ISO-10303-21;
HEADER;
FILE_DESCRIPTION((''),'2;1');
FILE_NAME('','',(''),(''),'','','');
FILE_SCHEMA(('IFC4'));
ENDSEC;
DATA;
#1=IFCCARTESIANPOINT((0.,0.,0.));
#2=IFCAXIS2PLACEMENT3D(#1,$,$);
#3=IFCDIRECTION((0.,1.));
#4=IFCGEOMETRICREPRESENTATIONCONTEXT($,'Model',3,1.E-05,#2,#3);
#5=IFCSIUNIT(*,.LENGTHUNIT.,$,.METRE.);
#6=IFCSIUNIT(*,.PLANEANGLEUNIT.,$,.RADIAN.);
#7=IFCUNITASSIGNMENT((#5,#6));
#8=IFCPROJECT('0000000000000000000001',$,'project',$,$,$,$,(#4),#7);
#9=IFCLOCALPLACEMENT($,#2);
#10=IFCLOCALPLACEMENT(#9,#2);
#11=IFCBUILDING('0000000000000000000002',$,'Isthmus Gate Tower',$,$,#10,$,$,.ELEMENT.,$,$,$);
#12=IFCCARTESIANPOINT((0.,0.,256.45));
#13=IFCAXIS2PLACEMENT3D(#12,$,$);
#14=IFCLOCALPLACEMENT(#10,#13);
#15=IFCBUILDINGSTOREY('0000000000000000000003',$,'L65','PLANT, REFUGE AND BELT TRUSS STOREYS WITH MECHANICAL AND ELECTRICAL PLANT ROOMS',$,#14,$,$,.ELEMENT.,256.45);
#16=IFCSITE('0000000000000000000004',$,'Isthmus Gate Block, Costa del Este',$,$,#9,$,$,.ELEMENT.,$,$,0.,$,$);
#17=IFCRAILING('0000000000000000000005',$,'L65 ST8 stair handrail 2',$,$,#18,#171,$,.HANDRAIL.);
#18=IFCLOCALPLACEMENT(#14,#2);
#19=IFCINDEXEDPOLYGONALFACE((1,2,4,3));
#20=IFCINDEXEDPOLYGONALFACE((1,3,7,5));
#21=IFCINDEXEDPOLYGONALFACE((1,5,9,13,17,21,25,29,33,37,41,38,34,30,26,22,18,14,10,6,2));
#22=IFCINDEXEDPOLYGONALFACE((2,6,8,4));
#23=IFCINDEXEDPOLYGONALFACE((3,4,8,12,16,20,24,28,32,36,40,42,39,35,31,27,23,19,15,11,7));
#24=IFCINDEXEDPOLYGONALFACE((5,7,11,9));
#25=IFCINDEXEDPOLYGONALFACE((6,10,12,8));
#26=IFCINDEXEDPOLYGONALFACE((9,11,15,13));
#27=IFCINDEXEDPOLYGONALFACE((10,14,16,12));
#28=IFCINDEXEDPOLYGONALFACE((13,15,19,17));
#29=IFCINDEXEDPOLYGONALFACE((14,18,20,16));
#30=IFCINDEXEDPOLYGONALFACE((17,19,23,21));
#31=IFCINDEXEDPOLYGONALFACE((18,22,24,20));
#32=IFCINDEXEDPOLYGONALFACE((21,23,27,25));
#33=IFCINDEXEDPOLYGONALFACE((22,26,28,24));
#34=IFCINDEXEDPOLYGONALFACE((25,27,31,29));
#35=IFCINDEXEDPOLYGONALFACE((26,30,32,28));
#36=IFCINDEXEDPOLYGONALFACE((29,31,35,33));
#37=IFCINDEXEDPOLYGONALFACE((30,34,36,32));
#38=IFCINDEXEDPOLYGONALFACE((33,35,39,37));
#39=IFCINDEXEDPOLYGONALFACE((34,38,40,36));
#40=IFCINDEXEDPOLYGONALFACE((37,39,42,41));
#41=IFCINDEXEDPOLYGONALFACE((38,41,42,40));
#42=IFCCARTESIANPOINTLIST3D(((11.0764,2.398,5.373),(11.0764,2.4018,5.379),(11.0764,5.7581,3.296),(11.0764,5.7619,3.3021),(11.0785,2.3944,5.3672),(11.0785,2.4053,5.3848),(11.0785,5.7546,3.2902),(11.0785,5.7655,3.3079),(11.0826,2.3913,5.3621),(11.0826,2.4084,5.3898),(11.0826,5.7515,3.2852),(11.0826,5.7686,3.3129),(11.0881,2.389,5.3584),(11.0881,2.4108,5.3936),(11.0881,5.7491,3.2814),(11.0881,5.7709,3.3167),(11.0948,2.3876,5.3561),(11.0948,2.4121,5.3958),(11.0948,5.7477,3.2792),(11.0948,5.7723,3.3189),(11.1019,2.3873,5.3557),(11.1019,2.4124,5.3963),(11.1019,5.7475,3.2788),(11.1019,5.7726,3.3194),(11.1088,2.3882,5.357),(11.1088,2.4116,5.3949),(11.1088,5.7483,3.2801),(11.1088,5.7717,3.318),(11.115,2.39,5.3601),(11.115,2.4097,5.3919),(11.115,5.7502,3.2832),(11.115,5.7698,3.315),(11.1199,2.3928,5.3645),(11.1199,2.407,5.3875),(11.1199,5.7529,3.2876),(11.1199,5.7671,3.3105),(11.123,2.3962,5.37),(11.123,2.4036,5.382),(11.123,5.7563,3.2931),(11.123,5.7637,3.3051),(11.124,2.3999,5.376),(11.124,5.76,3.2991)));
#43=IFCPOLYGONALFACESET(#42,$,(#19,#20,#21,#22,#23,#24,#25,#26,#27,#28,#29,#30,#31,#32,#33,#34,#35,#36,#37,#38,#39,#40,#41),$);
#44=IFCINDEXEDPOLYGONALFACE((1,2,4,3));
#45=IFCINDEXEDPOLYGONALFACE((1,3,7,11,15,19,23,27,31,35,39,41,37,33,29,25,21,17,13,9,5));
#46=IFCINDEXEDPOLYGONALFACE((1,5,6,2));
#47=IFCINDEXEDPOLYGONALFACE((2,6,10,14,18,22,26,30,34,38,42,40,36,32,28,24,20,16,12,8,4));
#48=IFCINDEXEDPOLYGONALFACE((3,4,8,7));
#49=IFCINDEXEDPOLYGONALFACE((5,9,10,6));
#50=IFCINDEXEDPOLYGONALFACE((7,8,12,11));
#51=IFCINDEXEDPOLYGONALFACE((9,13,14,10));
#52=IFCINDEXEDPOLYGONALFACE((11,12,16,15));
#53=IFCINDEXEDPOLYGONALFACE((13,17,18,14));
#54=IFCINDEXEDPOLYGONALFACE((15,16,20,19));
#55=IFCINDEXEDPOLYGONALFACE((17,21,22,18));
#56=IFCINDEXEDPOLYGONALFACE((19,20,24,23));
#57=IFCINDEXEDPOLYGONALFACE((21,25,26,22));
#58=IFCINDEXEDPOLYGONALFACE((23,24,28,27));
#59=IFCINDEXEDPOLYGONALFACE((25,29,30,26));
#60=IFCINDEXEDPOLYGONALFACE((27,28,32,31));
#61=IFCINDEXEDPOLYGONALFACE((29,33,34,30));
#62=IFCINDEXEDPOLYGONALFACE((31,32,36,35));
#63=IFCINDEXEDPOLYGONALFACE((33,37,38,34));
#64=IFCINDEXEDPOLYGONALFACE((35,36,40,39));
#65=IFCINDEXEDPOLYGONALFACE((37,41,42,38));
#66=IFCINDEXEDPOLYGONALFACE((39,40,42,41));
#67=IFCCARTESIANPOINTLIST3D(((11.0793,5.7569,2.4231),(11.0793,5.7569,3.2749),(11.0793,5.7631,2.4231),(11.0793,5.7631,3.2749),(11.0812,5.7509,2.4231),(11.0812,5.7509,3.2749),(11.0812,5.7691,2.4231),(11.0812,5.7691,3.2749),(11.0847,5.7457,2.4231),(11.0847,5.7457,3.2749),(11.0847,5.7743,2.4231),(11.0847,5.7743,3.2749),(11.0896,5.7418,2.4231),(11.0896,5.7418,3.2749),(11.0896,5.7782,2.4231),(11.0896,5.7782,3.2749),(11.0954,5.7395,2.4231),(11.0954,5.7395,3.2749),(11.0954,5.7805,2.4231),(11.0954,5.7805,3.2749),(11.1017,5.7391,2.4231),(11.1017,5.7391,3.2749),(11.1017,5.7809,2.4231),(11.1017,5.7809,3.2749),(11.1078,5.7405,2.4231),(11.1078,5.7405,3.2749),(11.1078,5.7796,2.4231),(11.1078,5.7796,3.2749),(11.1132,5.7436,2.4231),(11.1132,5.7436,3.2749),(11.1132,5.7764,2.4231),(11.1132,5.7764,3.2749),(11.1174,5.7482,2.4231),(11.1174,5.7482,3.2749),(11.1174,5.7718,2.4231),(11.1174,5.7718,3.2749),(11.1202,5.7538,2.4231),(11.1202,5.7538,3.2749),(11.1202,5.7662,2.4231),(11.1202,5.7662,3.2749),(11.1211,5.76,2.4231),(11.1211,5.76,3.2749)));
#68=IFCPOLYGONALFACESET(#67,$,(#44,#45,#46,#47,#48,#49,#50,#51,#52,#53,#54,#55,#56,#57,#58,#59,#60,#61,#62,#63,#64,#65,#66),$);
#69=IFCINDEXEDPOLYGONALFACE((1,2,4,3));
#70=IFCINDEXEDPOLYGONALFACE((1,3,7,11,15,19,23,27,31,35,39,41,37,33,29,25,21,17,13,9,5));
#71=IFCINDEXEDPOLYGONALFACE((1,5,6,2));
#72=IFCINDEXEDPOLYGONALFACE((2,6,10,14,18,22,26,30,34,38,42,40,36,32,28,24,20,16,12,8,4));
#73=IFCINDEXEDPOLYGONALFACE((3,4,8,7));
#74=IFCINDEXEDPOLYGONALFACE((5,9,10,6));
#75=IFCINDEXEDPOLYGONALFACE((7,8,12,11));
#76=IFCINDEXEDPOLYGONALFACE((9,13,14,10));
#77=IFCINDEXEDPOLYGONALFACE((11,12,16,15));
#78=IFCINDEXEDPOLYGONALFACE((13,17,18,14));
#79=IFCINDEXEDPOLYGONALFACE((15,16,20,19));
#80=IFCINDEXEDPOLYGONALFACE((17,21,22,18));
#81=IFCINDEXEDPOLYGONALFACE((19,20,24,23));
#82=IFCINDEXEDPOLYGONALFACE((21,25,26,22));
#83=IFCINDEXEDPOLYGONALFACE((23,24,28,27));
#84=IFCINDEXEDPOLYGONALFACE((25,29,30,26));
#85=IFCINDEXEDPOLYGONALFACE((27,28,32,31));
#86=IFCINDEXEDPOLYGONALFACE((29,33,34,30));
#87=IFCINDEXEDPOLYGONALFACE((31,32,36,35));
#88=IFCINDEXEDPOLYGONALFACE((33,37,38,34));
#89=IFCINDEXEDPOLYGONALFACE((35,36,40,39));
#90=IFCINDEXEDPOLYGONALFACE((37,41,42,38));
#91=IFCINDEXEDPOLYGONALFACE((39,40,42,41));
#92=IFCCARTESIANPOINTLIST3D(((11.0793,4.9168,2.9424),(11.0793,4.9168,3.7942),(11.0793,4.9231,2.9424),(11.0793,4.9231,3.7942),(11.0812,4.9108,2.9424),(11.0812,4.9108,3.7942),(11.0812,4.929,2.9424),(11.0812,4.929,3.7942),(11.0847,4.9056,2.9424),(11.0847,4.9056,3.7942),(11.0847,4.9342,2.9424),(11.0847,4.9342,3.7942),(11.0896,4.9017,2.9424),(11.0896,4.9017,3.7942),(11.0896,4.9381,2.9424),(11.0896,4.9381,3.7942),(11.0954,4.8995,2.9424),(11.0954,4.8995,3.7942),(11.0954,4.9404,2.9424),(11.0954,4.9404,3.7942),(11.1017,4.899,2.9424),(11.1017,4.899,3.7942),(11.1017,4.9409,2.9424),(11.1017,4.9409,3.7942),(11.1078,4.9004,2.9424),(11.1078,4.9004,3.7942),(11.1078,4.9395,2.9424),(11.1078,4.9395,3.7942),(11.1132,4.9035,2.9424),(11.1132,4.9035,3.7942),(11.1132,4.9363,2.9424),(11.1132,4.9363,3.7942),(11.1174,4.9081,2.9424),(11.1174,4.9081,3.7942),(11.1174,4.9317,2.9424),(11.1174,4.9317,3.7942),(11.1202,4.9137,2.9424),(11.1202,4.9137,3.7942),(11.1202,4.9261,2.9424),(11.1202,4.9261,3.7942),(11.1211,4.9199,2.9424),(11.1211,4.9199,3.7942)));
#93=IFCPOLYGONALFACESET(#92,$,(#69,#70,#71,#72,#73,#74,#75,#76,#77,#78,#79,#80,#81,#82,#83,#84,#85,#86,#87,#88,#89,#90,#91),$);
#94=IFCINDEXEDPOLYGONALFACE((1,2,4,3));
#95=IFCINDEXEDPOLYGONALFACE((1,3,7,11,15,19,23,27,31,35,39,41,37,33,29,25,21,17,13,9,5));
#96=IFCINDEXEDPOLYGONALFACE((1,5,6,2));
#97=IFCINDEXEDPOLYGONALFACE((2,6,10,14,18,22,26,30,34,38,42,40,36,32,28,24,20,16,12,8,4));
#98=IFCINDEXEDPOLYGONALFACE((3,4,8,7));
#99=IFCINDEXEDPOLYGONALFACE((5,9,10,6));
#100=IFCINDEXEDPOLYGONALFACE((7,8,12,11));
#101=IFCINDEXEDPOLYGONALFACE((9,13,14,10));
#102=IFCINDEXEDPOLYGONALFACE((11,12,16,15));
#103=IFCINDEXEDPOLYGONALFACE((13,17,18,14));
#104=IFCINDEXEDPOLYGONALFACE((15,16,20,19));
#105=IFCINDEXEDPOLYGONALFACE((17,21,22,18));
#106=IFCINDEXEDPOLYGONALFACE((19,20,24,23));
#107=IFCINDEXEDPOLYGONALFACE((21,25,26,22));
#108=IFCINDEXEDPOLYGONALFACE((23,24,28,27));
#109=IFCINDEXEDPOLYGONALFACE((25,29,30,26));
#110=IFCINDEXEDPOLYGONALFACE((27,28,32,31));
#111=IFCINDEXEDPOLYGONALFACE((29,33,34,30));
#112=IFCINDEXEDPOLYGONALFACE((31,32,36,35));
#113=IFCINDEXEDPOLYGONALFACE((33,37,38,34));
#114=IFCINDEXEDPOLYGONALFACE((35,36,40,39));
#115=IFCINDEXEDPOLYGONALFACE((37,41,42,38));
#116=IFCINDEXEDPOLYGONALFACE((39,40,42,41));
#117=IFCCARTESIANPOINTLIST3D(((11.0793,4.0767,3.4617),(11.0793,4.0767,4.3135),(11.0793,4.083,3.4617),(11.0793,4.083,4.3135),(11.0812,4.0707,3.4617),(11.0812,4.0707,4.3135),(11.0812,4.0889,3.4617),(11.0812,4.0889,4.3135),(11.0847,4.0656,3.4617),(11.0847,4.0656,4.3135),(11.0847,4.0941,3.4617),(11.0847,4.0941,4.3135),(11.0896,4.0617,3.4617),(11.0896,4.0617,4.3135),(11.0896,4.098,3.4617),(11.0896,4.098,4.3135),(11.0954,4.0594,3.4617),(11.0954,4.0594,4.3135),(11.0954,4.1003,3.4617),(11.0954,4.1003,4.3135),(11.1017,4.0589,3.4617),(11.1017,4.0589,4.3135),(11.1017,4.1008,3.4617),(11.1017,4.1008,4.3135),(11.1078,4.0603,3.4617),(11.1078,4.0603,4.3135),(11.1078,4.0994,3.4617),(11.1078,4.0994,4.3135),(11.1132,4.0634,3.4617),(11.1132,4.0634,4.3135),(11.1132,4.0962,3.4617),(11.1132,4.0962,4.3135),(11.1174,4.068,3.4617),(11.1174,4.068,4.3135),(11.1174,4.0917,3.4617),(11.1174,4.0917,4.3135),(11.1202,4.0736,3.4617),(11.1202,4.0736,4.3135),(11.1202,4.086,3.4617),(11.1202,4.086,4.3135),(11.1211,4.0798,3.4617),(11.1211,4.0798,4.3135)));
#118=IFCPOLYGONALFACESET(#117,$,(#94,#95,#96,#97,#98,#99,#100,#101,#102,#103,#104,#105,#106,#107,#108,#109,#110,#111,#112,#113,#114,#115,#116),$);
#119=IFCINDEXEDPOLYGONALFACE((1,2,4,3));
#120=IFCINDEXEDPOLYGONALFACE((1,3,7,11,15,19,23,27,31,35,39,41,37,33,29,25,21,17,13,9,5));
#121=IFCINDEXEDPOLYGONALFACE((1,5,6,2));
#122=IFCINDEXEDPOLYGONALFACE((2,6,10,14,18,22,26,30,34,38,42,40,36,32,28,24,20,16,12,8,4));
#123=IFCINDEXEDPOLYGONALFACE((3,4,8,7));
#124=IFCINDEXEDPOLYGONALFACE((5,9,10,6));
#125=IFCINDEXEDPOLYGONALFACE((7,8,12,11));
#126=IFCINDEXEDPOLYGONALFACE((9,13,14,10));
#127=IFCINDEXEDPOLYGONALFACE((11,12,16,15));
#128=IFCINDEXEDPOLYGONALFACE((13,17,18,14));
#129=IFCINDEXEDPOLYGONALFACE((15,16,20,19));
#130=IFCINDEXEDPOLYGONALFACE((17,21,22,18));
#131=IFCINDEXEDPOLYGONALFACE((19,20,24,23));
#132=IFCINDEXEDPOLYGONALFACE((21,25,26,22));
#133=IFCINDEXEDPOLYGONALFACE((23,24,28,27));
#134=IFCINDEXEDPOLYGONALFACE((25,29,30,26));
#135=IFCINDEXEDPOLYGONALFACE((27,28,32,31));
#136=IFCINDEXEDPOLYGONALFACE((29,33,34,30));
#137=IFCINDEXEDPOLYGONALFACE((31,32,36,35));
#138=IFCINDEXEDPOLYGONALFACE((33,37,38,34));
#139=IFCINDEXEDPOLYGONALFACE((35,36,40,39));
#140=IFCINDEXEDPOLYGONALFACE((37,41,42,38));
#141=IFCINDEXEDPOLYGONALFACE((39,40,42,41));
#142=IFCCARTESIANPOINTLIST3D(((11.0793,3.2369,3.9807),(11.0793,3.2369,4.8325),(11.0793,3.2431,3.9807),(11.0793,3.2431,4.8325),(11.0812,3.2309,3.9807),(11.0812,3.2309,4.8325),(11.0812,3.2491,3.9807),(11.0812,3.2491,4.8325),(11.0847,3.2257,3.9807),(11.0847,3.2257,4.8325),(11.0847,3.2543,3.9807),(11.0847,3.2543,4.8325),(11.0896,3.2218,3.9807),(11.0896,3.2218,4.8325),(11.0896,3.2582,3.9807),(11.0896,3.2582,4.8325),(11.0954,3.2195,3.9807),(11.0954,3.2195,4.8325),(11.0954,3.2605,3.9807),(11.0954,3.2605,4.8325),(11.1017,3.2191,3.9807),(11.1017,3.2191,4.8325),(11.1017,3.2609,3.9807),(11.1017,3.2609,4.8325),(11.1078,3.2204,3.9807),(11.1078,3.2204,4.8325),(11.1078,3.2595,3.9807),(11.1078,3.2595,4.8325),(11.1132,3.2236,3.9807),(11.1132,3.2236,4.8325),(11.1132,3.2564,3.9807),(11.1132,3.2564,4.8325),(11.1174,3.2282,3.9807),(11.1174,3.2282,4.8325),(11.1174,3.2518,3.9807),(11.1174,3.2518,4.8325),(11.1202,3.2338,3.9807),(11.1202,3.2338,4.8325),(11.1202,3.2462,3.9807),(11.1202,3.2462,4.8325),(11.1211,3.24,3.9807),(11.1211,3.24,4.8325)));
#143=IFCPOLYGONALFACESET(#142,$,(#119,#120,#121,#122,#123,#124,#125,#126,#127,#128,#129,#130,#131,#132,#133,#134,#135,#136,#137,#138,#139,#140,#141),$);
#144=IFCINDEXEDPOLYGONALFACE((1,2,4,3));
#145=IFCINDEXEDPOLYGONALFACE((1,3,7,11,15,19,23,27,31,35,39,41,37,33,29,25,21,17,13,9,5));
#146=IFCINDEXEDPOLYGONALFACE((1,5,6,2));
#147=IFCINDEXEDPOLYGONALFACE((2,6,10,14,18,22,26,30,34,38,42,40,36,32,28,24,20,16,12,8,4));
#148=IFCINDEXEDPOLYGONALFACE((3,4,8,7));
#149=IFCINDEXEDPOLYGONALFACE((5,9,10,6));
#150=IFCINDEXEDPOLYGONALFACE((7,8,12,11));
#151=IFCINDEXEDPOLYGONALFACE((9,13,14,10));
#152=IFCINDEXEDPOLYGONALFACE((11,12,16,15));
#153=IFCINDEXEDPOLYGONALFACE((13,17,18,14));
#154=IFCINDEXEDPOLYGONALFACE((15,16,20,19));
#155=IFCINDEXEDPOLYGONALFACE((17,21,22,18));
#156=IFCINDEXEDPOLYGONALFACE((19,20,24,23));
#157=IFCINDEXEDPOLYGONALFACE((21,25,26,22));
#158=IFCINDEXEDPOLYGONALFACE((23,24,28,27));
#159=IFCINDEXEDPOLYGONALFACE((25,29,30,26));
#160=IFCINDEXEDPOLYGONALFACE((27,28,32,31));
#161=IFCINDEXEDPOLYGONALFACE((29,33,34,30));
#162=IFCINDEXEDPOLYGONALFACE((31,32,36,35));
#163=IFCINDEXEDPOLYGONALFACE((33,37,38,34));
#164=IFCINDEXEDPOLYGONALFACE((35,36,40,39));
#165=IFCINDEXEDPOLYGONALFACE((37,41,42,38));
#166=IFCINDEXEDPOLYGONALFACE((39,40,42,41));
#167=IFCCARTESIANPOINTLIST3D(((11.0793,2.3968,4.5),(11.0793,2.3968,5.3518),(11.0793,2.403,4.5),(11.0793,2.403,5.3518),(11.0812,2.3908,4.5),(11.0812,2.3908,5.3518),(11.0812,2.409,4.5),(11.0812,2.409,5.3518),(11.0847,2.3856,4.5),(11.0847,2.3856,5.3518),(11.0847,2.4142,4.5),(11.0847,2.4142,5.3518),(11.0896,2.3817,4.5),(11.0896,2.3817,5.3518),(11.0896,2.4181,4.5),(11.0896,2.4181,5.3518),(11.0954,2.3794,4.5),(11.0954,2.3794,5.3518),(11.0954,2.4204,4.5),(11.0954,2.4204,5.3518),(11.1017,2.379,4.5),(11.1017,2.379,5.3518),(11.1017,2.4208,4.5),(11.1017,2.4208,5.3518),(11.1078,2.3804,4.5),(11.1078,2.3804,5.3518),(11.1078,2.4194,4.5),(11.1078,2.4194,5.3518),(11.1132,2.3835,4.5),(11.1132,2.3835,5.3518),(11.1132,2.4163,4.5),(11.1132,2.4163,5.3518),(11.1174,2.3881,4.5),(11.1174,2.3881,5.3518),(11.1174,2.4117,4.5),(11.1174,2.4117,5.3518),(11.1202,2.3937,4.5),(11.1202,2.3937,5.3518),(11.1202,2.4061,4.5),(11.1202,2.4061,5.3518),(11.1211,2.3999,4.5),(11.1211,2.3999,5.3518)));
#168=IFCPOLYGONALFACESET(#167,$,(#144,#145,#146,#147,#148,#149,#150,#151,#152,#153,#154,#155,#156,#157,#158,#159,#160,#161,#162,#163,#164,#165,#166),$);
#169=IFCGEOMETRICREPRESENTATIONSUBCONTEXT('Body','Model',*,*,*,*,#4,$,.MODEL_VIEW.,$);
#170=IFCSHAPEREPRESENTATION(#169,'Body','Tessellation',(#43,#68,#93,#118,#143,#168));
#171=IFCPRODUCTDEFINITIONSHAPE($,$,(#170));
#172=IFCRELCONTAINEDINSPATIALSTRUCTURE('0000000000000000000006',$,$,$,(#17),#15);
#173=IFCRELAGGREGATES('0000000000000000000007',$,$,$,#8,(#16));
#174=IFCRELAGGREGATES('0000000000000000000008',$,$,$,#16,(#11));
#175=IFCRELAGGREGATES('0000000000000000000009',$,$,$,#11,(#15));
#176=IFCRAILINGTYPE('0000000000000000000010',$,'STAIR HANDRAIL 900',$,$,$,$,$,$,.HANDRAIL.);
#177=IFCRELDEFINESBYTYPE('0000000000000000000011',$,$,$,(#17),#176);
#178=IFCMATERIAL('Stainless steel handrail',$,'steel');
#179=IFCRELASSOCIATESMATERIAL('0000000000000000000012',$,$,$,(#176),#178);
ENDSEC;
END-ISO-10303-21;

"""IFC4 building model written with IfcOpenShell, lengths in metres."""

from ifc_helpers import new_model, si_unit, direction, frame, origin, origin_2d, place, context, subcontext, project, spatial, circle, extrude, material, type_object, element, save


model = new_model("IFC4")

# Units and contexts
model_context = context("Model", 3, precision=1e-05, world=origin(), true_north=direction((0.0, 1.0)))
body_context = subcontext(model_context, "Body", "Model", "MODEL_VIEW")
ifc_project = project(units=[si_unit("LENGTHUNIT", "METRE"), si_unit("PLANEANGLEUNIT", "RADIAN")], contexts=[model_context])

# Site, building, storey
site_placement = place(None, origin())
site = spatial("IfcSite", under=ifc_project, at=site_placement, Name="Isthmus Gate Block, Costa del Este", CompositionType="ELEMENT", RefElevation=0.0)
building_placement = place(site_placement, origin())
building = spatial("IfcBuilding", under=site, at=building_placement, Name="Isthmus Gate Tower", CompositionType="ELEMENT")
storey_placement = place(building_placement, frame((0.0, 0.0, 256.45)))
storey = spatial("IfcBuildingStorey", under=building, at=storey_placement, Name="L65", Description="PLANT, REFUGE AND BELT TRUSS STOREYS WITH MECHANICAL AND ELECTRICAL PLANT ROOMS", CompositionType="ELEMENT", Elevation=256.45)

# Railing
ifc_material_1 = material(Name="Stainless steel handrail", Category="steel")
railing_type_1 = type_object("IfcRailingType", Name="STAIR HANDRAIL 900", PredefinedType="HANDRAIL", material=ifc_material_1)
railing_1_placement = place(storey_placement, frame((11.1001, 5.76, 2.4231)))
element("IfcRailing", 1, at=railing_1_placement, inside=storey, type_object=railing_type_1, Name="L65 ST8 stair handrail 2", PredefinedType="HANDRAIL", context=body_context, shape_type="SweptSolid", body=[
    extrude(circle(Radius=0.0239, at=origin_2d()), frame((0.0, 0.0, 0.876), z_axis=(0.0, -0.850623, 0.525776), x_axis=(1.0, 0.0, 0.0)), (0.0, 0.0, 1.0), 3.9502),
    extrude(circle(Radius=0.021, at=origin_2d()), origin(), (0.0, 0.0, 1.0), 0.8518),
    extrude(circle(Radius=0.021, at=origin_2d()), frame((0.0, -0.8401, 0.5193)), (0.0, 0.0, 1.0), 0.8518),
    extrude(circle(Radius=0.021, at=origin_2d()), frame((0.0, -1.6802, 1.0386)), (0.0, 0.0, 1.0), 0.8518),
    extrude(circle(Radius=0.021, at=origin_2d()), frame((0.0, -2.52, 1.5576)), (0.0, 0.0, 1.0), 0.8518),
    extrude(circle(Radius=0.021, at=origin_2d()), frame((0.0, -3.3601, 2.0769)), (0.0, 0.0, 1.0), 0.8518),
])

save(model, "model.ifc")
